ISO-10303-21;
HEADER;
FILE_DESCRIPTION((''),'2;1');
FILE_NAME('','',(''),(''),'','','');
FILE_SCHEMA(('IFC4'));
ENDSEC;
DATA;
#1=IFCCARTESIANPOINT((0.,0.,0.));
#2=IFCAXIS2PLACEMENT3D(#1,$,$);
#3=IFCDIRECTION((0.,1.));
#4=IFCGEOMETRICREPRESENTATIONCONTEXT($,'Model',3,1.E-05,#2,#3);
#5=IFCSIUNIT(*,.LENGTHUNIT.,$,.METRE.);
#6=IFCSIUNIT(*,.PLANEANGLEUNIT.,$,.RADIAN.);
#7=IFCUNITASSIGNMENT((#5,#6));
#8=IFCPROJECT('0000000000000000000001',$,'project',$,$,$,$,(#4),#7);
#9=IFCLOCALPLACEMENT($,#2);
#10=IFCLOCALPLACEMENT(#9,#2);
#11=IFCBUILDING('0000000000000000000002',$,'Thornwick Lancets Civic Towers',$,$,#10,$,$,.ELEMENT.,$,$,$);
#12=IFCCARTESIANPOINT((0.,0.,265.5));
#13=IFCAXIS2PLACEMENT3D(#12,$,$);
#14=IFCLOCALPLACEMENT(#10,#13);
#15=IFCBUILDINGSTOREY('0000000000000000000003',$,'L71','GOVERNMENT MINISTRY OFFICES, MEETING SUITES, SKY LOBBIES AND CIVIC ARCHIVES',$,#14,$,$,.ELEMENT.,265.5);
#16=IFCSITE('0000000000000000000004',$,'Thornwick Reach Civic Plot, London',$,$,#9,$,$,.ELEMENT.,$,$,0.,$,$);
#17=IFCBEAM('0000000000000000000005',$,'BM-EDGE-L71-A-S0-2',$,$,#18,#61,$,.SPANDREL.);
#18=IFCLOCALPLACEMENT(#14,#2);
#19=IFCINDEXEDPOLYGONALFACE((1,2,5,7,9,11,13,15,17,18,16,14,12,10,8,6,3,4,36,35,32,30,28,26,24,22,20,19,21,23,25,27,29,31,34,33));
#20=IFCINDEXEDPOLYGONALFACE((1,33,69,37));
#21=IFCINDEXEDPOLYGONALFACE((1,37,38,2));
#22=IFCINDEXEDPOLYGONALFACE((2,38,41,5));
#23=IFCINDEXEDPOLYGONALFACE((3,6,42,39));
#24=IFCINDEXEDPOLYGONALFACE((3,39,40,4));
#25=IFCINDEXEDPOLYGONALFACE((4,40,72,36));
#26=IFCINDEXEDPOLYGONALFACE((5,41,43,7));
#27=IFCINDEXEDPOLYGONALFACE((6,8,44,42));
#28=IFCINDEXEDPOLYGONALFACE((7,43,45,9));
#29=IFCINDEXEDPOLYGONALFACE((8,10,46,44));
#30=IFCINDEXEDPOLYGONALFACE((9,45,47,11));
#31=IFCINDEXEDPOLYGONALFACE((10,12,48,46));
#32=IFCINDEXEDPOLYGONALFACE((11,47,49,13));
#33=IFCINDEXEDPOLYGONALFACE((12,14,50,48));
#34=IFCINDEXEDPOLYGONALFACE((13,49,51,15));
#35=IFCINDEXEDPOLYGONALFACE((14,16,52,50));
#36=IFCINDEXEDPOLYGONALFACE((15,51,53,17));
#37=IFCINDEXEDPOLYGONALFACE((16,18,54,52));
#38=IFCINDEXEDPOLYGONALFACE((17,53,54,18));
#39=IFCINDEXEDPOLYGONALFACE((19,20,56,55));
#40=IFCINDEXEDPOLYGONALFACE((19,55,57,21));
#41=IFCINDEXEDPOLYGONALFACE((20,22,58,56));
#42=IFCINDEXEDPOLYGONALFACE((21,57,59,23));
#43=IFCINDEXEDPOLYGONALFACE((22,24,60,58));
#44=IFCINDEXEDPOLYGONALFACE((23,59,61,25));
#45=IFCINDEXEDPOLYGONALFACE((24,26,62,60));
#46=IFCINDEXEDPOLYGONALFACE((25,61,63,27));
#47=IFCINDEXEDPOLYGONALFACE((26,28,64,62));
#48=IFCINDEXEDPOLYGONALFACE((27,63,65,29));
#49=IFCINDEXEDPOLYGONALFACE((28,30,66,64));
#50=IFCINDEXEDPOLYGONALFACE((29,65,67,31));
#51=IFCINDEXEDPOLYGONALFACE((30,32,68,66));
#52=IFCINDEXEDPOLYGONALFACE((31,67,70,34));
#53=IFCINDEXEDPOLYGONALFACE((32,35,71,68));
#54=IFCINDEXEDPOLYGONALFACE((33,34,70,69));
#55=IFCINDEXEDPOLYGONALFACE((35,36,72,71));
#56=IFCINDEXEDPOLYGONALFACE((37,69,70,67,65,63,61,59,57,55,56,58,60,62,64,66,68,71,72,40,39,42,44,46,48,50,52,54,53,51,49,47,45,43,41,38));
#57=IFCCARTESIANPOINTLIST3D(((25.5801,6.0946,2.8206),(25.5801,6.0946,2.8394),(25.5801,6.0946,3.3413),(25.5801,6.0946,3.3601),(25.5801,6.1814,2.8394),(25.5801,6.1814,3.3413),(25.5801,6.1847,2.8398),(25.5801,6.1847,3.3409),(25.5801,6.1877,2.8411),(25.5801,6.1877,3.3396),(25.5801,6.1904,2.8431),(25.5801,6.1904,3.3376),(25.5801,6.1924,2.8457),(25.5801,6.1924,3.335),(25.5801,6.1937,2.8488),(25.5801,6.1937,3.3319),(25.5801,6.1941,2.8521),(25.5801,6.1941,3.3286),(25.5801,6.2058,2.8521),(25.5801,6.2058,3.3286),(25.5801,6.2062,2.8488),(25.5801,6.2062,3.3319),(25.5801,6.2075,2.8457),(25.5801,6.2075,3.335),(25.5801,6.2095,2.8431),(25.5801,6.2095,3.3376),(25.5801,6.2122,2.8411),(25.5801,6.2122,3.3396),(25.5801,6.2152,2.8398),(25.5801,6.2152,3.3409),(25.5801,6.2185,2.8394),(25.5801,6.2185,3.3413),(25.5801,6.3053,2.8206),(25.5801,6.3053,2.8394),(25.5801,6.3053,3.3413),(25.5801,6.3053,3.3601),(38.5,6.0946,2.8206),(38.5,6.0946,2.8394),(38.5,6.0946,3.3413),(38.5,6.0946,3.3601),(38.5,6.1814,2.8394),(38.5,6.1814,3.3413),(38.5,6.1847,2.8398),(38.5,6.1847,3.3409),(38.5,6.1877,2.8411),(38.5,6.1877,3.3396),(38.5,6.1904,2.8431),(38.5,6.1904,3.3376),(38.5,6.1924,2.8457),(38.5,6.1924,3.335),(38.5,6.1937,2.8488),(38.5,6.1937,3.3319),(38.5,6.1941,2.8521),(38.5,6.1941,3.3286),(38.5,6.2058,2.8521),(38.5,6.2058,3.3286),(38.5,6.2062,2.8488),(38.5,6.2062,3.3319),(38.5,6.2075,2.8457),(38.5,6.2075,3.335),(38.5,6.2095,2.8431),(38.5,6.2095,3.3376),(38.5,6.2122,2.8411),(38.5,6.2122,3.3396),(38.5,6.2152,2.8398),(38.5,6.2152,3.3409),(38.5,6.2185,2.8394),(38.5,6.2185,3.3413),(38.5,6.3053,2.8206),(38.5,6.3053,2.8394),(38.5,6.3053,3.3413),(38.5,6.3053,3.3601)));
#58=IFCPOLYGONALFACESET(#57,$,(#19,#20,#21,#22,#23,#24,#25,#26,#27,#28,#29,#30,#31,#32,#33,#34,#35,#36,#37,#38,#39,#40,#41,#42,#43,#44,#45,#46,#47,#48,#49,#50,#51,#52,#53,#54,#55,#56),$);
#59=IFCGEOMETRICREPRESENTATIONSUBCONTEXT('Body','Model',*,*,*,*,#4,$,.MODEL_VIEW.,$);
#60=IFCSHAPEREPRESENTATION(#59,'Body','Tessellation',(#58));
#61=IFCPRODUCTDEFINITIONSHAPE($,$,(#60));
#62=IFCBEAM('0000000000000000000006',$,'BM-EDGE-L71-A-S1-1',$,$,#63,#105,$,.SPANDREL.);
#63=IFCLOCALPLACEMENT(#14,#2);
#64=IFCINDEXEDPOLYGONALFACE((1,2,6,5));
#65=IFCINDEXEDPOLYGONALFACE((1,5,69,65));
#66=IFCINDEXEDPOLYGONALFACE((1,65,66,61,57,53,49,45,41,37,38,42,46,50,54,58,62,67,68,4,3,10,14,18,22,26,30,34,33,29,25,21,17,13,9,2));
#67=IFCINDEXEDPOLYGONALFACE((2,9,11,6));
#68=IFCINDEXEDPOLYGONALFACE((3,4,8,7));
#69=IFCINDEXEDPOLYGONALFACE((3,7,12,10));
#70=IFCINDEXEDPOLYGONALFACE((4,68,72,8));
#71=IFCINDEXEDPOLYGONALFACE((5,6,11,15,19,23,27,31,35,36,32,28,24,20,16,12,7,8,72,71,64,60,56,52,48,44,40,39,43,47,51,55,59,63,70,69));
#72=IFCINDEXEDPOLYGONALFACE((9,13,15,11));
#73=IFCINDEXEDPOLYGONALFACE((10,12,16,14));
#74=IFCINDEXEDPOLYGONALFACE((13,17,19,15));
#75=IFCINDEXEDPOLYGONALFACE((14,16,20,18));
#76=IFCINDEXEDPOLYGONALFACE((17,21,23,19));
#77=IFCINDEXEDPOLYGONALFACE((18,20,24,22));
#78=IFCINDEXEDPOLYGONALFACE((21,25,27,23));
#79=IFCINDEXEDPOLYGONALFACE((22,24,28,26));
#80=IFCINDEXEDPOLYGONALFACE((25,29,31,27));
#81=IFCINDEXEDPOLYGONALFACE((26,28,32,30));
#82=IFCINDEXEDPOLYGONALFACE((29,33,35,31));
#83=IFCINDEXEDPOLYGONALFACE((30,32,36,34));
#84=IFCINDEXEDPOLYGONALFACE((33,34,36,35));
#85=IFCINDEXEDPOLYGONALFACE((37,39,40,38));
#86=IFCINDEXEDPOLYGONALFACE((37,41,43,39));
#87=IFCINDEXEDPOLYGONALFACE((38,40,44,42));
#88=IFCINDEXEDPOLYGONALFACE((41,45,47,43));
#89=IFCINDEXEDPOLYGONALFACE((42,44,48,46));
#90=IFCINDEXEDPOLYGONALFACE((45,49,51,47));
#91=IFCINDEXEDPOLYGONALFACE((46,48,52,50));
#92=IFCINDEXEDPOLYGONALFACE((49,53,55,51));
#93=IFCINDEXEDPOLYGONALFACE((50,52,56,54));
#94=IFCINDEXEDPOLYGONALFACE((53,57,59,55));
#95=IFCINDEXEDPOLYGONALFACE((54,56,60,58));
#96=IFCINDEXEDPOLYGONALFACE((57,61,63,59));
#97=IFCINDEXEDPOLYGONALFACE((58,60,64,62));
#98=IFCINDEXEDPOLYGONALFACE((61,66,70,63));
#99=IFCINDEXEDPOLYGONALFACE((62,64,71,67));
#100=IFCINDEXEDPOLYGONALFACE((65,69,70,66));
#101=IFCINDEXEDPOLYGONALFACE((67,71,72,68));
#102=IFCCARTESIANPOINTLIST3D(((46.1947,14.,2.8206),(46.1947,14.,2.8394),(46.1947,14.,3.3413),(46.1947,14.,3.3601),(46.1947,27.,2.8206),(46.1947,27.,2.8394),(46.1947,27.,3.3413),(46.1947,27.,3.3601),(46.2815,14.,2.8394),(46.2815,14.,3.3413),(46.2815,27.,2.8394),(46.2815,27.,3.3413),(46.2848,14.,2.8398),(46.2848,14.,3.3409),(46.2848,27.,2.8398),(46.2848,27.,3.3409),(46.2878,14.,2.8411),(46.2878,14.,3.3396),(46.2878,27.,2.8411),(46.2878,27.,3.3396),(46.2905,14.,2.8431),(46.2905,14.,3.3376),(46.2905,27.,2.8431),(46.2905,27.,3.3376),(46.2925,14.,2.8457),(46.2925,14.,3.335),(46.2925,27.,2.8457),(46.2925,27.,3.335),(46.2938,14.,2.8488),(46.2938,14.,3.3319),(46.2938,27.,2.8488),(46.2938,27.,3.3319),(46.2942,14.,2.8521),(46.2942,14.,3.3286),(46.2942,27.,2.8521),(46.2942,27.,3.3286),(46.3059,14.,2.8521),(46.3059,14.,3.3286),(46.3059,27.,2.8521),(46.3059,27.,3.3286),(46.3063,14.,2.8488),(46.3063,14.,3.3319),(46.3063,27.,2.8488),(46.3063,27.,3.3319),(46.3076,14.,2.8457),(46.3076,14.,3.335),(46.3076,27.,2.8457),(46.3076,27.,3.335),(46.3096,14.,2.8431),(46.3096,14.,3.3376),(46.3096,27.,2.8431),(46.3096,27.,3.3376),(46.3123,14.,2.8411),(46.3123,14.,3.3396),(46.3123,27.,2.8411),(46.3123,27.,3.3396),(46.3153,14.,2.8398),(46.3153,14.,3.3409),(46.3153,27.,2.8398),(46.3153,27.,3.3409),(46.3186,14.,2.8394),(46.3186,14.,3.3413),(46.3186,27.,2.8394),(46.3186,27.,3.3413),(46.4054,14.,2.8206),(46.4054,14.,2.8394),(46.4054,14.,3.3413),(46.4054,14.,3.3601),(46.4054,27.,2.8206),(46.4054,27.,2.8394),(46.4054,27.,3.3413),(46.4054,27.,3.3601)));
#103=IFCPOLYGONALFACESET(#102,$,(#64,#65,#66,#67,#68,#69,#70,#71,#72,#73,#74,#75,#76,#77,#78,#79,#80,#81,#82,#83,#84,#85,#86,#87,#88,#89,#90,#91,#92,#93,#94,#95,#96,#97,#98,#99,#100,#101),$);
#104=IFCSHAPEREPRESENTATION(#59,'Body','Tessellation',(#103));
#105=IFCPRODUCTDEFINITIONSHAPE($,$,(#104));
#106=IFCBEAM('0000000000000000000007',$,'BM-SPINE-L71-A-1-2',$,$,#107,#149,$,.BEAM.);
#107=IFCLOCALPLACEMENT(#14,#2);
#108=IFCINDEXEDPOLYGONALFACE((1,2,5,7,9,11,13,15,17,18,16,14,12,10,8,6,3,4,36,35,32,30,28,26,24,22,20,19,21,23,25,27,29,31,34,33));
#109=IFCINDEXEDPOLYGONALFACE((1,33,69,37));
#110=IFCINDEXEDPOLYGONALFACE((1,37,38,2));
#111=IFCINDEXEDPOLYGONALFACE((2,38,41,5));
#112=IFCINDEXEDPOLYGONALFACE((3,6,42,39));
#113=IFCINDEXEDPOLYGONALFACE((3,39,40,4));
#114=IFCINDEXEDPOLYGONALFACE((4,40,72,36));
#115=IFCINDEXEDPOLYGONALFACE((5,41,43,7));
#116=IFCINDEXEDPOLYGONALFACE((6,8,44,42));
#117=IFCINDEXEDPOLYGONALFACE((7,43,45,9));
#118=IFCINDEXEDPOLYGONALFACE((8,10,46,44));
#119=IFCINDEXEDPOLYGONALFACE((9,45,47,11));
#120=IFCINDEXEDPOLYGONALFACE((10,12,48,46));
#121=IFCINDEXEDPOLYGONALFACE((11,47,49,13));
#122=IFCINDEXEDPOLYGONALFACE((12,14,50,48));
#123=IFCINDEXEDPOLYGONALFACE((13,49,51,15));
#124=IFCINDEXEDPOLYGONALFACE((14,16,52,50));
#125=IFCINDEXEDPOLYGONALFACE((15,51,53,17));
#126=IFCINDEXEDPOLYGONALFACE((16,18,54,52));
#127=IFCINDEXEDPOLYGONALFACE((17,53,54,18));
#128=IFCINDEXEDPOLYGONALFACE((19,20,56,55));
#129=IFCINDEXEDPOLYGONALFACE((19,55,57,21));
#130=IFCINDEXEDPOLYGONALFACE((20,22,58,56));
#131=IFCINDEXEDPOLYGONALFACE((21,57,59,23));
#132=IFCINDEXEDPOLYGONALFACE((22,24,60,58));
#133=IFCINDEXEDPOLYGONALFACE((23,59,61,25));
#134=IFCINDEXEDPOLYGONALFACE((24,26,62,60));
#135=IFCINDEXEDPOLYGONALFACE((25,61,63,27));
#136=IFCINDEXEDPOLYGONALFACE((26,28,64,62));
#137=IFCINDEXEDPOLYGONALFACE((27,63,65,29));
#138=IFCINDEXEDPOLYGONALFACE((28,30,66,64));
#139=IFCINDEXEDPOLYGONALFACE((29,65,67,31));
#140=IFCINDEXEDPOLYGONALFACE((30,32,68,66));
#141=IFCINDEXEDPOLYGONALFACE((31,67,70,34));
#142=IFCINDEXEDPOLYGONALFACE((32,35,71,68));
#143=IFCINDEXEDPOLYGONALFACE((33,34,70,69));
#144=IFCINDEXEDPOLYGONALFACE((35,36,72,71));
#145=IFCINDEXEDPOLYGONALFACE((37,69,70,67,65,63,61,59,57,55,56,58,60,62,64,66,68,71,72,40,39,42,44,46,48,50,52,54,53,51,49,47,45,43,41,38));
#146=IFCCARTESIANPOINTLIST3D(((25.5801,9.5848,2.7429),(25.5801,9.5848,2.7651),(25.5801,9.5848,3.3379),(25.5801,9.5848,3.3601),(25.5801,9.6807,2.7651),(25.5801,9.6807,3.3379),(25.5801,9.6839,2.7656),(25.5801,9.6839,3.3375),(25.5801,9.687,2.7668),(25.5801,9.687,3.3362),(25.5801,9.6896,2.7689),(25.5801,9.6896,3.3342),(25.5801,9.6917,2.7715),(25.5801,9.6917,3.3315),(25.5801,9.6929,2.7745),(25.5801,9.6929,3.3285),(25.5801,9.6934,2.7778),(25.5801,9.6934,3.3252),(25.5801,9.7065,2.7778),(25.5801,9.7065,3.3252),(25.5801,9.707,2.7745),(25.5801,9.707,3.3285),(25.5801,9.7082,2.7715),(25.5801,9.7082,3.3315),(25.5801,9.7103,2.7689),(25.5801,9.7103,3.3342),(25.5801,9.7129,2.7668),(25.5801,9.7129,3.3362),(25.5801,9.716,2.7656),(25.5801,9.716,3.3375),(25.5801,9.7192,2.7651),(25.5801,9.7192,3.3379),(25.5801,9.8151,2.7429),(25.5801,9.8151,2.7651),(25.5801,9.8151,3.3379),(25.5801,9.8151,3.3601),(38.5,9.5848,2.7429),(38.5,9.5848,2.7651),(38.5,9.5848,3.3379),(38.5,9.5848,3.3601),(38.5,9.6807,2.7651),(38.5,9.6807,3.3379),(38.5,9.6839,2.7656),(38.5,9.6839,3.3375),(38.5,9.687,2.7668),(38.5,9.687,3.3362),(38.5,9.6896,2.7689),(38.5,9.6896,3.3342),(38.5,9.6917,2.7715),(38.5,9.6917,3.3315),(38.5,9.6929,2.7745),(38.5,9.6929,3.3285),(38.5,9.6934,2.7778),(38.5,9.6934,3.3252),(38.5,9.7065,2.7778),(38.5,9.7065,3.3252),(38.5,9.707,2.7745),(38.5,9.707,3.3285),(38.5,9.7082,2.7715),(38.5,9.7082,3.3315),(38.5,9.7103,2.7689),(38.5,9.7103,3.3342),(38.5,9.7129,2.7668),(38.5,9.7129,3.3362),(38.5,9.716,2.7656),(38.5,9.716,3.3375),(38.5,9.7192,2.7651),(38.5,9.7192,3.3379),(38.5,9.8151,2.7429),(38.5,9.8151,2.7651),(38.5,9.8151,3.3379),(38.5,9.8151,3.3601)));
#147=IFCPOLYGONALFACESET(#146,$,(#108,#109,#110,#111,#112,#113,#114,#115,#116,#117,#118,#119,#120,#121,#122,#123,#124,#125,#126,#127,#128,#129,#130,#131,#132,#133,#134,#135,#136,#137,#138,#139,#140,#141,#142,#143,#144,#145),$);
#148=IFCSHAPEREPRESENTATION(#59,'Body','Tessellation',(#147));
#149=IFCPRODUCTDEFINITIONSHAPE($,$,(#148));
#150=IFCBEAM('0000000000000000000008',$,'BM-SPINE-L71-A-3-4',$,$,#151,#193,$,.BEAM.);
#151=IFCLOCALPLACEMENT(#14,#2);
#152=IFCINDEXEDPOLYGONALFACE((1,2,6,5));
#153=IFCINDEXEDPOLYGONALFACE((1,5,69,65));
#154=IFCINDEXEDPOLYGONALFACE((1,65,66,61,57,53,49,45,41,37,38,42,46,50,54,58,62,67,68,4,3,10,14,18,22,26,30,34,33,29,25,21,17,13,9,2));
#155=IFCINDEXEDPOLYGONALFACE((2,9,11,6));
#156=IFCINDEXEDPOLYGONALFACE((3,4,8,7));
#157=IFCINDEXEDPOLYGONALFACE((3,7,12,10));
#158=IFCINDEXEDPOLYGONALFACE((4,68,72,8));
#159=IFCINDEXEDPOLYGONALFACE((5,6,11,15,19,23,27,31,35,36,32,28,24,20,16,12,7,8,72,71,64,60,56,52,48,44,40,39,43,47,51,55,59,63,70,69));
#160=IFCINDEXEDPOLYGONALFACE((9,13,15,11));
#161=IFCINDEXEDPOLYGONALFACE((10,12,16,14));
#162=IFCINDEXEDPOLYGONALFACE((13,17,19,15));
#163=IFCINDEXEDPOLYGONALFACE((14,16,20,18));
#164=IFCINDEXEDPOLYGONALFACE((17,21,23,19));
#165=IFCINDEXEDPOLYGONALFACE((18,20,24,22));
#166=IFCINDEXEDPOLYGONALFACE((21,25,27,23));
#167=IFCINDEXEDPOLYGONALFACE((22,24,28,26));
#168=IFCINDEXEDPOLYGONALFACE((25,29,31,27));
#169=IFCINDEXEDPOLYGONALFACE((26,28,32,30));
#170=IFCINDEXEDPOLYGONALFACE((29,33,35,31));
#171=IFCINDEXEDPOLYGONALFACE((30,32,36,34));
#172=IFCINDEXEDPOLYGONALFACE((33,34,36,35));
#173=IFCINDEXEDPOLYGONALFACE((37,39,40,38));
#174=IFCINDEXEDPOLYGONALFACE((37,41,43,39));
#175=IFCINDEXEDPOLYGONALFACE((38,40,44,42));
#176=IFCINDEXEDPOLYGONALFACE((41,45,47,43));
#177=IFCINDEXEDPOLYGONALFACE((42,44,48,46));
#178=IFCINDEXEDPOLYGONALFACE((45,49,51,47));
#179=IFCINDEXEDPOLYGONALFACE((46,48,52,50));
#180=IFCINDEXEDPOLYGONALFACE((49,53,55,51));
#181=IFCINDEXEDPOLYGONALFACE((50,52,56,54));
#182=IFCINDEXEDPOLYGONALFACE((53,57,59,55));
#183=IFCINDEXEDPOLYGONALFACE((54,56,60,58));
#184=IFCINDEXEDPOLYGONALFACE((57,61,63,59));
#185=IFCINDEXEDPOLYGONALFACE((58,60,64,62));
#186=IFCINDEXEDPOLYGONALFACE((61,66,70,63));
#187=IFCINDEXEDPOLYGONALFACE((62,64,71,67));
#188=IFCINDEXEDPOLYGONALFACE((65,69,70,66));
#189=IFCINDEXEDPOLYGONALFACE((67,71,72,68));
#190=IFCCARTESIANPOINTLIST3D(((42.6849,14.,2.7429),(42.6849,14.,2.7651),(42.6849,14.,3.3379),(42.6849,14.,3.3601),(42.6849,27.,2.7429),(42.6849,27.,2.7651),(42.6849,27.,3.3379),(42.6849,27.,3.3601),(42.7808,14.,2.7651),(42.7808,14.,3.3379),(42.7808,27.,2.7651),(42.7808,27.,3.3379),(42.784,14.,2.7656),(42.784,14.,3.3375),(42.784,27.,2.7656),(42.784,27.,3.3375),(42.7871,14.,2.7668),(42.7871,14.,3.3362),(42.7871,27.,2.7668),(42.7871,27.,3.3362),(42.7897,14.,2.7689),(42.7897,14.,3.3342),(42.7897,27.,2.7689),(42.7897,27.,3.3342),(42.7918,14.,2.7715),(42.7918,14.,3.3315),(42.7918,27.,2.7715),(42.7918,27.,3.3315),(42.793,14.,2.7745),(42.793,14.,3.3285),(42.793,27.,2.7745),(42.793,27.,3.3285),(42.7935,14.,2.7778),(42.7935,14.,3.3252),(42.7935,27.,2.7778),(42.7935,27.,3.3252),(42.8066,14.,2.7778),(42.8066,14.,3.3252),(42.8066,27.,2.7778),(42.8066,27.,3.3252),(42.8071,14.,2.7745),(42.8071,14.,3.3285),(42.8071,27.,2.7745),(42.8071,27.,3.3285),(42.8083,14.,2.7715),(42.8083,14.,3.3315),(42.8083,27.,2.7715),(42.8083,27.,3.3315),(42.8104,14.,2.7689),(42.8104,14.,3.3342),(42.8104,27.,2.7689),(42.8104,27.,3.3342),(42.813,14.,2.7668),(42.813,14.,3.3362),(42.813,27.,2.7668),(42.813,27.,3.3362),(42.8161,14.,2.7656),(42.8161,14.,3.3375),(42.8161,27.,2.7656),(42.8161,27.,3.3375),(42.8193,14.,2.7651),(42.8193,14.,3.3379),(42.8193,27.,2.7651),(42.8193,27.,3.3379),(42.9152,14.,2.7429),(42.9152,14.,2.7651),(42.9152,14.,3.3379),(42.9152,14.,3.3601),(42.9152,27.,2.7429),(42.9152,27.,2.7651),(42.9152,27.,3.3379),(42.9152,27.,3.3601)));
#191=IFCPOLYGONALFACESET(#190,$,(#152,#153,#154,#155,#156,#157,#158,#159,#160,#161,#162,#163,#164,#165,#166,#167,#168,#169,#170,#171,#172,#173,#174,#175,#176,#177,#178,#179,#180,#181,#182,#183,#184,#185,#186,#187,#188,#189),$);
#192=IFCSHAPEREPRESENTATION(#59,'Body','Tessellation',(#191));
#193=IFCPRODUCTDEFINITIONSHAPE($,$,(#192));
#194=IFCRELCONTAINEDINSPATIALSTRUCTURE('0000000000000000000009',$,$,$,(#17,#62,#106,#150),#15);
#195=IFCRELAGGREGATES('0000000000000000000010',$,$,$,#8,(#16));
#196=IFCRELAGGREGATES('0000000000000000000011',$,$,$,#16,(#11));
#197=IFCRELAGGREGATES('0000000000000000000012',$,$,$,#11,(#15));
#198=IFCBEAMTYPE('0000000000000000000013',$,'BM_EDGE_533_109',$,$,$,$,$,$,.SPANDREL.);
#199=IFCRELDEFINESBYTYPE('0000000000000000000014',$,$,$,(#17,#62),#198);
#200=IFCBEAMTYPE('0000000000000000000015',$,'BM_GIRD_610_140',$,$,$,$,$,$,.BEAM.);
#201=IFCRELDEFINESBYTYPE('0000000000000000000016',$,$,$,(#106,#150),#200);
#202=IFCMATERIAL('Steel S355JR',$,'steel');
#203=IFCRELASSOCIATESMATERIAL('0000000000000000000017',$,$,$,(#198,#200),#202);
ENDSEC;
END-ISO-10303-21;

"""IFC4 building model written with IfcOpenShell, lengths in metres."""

from ifc_helpers import new_model, si_unit, direction, frame, origin, origin_2d, place, context, subcontext, project, spatial, i_section, extrude, material, material_profile, profile_set, type_object, element, save


model = new_model("IFC4")

# Units and contexts
model_context = context("Model", 3, precision=1e-05, world=origin(), true_north=direction((0.0, 1.0)))
body_context = subcontext(model_context, "Body", "Model", "MODEL_VIEW")
ifc_project = project(units=[si_unit("LENGTHUNIT", "METRE"), si_unit("PLANEANGLEUNIT", "RADIAN")], contexts=[model_context])

# Site, building, storey
site_placement = place(None, origin())
site = spatial("IfcSite", under=ifc_project, at=site_placement, Name="Thornwick Reach Civic Plot, London", CompositionType="ELEMENT", RefElevation=0.0)
building_placement = place(site_placement, origin())
building = spatial("IfcBuilding", under=site, at=building_placement, Name="Thornwick Lancets Civic Towers", CompositionType="ELEMENT")
storey_placement = place(building_placement, frame((0.0, 0.0, 265.5)))
storey = spatial("IfcBuildingStorey", under=building, at=storey_placement, Name="L71", Description="GOVERNMENT MINISTRY OFFICES, MEETING SUITES, SKY LOBBIES AND CIVIC ARCHIVES", CompositionType="ELEMENT", Elevation=265.5)

# Shared definitions
ifc_material_1 = material(Name="Steel S355JR", Category="steel")

# Beams
ifc_material_profile_1 = material_profile(ifc_material_1, i_section(OverallWidth=0.2107, OverallDepth=0.5396, WebThickness=0.0117, FlangeThickness=0.0188, FilletRadius=0.0127, at=origin_2d()), Name="UKB 533x210x109")
ifc_profile_set_1 = profile_set([ifc_material_profile_1], Name="Steel S355JR")
beam_type_1 = type_object("IfcBeamType", Name="BM_EDGE_533_109", PredefinedType="SPANDREL", material=ifc_profile_set_1)
beam_1_placement = place(storey_placement, frame((25.5801, 6.2, 3.0903), z_axis=(1.0, 0.0, 0.0), x_axis=(0.0, 1.0, 0.0)))
element("IfcBeam", 1, at=beam_1_placement, inside=storey, type_object=beam_type_1, Name="BM-EDGE-L71-A-S0-2", PredefinedType="SPANDREL", context=body_context, shape_type="SweptSolid", body=[
    extrude(i_section(OverallWidth=0.2107, OverallDepth=0.5396, WebThickness=0.0117, FlangeThickness=0.0188, FilletRadius=0.0127, at=origin_2d()), origin(), (0.0, 0.0, 1.0), 12.9199),
])
beam_2_placement = place(storey_placement, frame((46.3, 14.0, 3.0903), z_axis=(0.0, 1.0, 0.0), x_axis=(-1.0, 0.0, 0.0)))
element("IfcBeam", 2, at=beam_2_placement, inside=storey, type_object=beam_type_1, Name="BM-EDGE-L71-A-S1-1", PredefinedType="SPANDREL", context=body_context, shape_type="SweptSolid", body=[
    extrude(i_section(OverallWidth=0.2107, OverallDepth=0.5396, WebThickness=0.0117, FlangeThickness=0.0188, FilletRadius=0.0127, at=origin_2d()), origin(), (0.0, 0.0, 1.0), 13.0),
])
ifc_material_profile_2 = material_profile(ifc_material_1, i_section(OverallWidth=0.2302, OverallDepth=0.6172, WebThickness=0.0132, FlangeThickness=0.0222, FilletRadius=0.0127, at=origin_2d()), Name="UKB 610x229x140")
ifc_profile_set_2 = profile_set([ifc_material_profile_2], Name="Steel S355JR")
beam_type_2 = type_object("IfcBeamType", Name="BM_GIRD_610_140", PredefinedType="BEAM", material=ifc_profile_set_2)
beam_3_placement = place(storey_placement, frame((25.5801, 9.7, 3.0515), z_axis=(1.0, 0.0, 0.0), x_axis=(0.0, 1.0, 0.0)))
element("IfcBeam", 3, at=beam_3_placement, inside=storey, type_object=beam_type_2, Name="BM-SPINE-L71-A-1-2", PredefinedType="BEAM", context=body_context, shape_type="SweptSolid", body=[
    extrude(i_section(OverallWidth=0.2302, OverallDepth=0.6172, WebThickness=0.0132, FlangeThickness=0.0222, FilletRadius=0.0127, at=origin_2d()), origin(), (0.0, 0.0, 1.0), 12.9199),
])
beam_4_placement = place(storey_placement, frame((42.8, 14.0, 3.0515), z_axis=(0.0, 1.0, 0.0), x_axis=(-1.0, 0.0, 0.0)))
element("IfcBeam", 4, at=beam_4_placement, inside=storey, type_object=beam_type_2, Name="BM-SPINE-L71-A-3-4", PredefinedType="BEAM", context=body_context, shape_type="SweptSolid", body=[
    extrude(i_section(OverallWidth=0.2302, OverallDepth=0.6172, WebThickness=0.0132, FlangeThickness=0.0222, FilletRadius=0.0127, at=origin_2d()), origin(), (0.0, 0.0, 1.0), 13.0),
])

save(model, "model.ifc")
